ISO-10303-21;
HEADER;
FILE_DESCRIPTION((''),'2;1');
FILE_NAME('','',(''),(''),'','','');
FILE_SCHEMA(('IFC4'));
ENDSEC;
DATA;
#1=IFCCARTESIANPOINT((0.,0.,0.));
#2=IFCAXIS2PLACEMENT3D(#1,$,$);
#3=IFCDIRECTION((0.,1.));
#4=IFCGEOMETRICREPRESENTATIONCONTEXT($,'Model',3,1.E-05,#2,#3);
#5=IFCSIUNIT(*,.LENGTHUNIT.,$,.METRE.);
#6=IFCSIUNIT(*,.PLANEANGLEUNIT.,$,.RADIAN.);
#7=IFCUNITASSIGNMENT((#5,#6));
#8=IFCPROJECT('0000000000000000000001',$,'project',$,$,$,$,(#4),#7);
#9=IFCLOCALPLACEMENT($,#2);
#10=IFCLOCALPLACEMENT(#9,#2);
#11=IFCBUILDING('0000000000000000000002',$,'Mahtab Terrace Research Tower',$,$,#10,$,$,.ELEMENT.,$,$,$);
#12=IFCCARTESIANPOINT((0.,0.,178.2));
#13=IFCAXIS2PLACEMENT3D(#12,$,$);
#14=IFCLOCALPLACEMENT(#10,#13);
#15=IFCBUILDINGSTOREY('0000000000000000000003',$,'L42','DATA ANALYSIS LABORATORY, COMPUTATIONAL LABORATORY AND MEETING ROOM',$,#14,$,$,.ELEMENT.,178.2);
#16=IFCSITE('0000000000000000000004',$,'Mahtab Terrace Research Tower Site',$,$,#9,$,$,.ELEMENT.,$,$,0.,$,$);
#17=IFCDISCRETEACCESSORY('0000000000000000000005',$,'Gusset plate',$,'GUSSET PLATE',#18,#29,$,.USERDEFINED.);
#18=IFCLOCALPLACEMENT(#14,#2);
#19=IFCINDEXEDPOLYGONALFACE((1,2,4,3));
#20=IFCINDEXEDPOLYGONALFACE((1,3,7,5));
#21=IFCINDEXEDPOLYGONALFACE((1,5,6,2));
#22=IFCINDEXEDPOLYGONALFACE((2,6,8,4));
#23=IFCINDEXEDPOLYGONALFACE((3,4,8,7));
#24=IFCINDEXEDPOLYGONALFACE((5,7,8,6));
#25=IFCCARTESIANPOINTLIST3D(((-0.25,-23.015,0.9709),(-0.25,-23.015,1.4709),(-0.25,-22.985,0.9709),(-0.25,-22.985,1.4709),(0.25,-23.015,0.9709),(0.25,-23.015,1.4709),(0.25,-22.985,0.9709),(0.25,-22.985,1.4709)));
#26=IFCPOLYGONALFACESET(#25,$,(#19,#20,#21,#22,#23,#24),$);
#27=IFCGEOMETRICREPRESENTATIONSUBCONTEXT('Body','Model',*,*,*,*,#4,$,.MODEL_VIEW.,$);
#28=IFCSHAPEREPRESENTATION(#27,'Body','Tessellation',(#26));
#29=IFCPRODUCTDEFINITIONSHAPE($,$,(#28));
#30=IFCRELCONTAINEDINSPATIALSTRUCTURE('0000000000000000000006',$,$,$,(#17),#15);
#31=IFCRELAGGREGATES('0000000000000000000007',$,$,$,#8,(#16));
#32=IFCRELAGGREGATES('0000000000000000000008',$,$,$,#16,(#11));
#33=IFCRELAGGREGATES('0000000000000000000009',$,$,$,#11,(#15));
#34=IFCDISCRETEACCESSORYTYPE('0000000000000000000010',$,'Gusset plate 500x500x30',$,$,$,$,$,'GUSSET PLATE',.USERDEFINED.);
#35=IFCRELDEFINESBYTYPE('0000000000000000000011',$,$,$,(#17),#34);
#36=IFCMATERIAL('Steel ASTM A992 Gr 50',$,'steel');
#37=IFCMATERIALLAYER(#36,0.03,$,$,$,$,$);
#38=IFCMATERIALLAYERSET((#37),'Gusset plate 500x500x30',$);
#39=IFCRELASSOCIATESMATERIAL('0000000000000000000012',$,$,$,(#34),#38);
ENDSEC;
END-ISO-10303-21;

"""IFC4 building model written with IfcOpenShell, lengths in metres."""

from ifc_helpers import new_model, si_unit, direction, frame, origin, origin_2d, place, context, subcontext, project, spatial, rectangle, extrude, material, layer, layer_set, type_object, element, save


model = new_model("IFC4")

# Units and contexts
model_context = context("Model", 3, precision=1e-05, world=origin(), true_north=direction((0.0, 1.0)))
body_context = subcontext(model_context, "Body", "Model", "MODEL_VIEW")
ifc_project = project(units=[si_unit("LENGTHUNIT", "METRE"), si_unit("PLANEANGLEUNIT", "RADIAN")], contexts=[model_context])

# Site, building, storey
site_placement = place(None, origin())
site = spatial("IfcSite", under=ifc_project, at=site_placement, Name="Mahtab Terrace Research Tower Site", CompositionType="ELEMENT", RefElevation=0.0)
building_placement = place(site_placement, origin())
building = spatial("IfcBuilding", under=site, at=building_placement, Name="Mahtab Terrace Research Tower", CompositionType="ELEMENT")
storey_placement = place(building_placement, frame((0.0, 0.0, 178.2)))
storey = spatial("IfcBuildingStorey", under=building, at=storey_placement, Name="L42", Description="DATA ANALYSIS LABORATORY, COMPUTATIONAL LABORATORY AND MEETING ROOM", CompositionType="ELEMENT", Elevation=178.2)

# Shared definitions
ifc_material_1 = material(Name="Steel ASTM A992 Gr 50", Category="steel")

# Discrete accessory
ifc_layer_1 = layer(ifc_material_1, 0.03)
ifc_layer_set_1 = layer_set([ifc_layer_1], Name="Gusset plate 500x500x30")
discrete_accessory_type = type_object("IfcDiscreteAccessoryType", Name="Gusset plate 500x500x30", ElementType="GUSSET PLATE", PredefinedType="USERDEFINED", material=ifc_layer_set_1)
for number, where, z_axis, x_axis, name in (
    (1, (0.0, -23.0, 0.9709), (0.0, 0.0, 1.0), (1.0, 0.0, 0.0), "Gusset plate"),
):
    element("IfcDiscreteAccessory", number, at=place(storey_placement, frame(where, z_axis=z_axis, x_axis=x_axis)), inside=storey, type_object=discrete_accessory_type, Name=name, ObjectType="GUSSET PLATE", PredefinedType="USERDEFINED", context=body_context, shape_type="SweptSolid", body=[
        extrude(rectangle(XDim=0.5, YDim=0.03, at=origin_2d()), origin(), (0.0, 0.0, 1.0), 0.5),
    ])

save(model, "model.ifc")
